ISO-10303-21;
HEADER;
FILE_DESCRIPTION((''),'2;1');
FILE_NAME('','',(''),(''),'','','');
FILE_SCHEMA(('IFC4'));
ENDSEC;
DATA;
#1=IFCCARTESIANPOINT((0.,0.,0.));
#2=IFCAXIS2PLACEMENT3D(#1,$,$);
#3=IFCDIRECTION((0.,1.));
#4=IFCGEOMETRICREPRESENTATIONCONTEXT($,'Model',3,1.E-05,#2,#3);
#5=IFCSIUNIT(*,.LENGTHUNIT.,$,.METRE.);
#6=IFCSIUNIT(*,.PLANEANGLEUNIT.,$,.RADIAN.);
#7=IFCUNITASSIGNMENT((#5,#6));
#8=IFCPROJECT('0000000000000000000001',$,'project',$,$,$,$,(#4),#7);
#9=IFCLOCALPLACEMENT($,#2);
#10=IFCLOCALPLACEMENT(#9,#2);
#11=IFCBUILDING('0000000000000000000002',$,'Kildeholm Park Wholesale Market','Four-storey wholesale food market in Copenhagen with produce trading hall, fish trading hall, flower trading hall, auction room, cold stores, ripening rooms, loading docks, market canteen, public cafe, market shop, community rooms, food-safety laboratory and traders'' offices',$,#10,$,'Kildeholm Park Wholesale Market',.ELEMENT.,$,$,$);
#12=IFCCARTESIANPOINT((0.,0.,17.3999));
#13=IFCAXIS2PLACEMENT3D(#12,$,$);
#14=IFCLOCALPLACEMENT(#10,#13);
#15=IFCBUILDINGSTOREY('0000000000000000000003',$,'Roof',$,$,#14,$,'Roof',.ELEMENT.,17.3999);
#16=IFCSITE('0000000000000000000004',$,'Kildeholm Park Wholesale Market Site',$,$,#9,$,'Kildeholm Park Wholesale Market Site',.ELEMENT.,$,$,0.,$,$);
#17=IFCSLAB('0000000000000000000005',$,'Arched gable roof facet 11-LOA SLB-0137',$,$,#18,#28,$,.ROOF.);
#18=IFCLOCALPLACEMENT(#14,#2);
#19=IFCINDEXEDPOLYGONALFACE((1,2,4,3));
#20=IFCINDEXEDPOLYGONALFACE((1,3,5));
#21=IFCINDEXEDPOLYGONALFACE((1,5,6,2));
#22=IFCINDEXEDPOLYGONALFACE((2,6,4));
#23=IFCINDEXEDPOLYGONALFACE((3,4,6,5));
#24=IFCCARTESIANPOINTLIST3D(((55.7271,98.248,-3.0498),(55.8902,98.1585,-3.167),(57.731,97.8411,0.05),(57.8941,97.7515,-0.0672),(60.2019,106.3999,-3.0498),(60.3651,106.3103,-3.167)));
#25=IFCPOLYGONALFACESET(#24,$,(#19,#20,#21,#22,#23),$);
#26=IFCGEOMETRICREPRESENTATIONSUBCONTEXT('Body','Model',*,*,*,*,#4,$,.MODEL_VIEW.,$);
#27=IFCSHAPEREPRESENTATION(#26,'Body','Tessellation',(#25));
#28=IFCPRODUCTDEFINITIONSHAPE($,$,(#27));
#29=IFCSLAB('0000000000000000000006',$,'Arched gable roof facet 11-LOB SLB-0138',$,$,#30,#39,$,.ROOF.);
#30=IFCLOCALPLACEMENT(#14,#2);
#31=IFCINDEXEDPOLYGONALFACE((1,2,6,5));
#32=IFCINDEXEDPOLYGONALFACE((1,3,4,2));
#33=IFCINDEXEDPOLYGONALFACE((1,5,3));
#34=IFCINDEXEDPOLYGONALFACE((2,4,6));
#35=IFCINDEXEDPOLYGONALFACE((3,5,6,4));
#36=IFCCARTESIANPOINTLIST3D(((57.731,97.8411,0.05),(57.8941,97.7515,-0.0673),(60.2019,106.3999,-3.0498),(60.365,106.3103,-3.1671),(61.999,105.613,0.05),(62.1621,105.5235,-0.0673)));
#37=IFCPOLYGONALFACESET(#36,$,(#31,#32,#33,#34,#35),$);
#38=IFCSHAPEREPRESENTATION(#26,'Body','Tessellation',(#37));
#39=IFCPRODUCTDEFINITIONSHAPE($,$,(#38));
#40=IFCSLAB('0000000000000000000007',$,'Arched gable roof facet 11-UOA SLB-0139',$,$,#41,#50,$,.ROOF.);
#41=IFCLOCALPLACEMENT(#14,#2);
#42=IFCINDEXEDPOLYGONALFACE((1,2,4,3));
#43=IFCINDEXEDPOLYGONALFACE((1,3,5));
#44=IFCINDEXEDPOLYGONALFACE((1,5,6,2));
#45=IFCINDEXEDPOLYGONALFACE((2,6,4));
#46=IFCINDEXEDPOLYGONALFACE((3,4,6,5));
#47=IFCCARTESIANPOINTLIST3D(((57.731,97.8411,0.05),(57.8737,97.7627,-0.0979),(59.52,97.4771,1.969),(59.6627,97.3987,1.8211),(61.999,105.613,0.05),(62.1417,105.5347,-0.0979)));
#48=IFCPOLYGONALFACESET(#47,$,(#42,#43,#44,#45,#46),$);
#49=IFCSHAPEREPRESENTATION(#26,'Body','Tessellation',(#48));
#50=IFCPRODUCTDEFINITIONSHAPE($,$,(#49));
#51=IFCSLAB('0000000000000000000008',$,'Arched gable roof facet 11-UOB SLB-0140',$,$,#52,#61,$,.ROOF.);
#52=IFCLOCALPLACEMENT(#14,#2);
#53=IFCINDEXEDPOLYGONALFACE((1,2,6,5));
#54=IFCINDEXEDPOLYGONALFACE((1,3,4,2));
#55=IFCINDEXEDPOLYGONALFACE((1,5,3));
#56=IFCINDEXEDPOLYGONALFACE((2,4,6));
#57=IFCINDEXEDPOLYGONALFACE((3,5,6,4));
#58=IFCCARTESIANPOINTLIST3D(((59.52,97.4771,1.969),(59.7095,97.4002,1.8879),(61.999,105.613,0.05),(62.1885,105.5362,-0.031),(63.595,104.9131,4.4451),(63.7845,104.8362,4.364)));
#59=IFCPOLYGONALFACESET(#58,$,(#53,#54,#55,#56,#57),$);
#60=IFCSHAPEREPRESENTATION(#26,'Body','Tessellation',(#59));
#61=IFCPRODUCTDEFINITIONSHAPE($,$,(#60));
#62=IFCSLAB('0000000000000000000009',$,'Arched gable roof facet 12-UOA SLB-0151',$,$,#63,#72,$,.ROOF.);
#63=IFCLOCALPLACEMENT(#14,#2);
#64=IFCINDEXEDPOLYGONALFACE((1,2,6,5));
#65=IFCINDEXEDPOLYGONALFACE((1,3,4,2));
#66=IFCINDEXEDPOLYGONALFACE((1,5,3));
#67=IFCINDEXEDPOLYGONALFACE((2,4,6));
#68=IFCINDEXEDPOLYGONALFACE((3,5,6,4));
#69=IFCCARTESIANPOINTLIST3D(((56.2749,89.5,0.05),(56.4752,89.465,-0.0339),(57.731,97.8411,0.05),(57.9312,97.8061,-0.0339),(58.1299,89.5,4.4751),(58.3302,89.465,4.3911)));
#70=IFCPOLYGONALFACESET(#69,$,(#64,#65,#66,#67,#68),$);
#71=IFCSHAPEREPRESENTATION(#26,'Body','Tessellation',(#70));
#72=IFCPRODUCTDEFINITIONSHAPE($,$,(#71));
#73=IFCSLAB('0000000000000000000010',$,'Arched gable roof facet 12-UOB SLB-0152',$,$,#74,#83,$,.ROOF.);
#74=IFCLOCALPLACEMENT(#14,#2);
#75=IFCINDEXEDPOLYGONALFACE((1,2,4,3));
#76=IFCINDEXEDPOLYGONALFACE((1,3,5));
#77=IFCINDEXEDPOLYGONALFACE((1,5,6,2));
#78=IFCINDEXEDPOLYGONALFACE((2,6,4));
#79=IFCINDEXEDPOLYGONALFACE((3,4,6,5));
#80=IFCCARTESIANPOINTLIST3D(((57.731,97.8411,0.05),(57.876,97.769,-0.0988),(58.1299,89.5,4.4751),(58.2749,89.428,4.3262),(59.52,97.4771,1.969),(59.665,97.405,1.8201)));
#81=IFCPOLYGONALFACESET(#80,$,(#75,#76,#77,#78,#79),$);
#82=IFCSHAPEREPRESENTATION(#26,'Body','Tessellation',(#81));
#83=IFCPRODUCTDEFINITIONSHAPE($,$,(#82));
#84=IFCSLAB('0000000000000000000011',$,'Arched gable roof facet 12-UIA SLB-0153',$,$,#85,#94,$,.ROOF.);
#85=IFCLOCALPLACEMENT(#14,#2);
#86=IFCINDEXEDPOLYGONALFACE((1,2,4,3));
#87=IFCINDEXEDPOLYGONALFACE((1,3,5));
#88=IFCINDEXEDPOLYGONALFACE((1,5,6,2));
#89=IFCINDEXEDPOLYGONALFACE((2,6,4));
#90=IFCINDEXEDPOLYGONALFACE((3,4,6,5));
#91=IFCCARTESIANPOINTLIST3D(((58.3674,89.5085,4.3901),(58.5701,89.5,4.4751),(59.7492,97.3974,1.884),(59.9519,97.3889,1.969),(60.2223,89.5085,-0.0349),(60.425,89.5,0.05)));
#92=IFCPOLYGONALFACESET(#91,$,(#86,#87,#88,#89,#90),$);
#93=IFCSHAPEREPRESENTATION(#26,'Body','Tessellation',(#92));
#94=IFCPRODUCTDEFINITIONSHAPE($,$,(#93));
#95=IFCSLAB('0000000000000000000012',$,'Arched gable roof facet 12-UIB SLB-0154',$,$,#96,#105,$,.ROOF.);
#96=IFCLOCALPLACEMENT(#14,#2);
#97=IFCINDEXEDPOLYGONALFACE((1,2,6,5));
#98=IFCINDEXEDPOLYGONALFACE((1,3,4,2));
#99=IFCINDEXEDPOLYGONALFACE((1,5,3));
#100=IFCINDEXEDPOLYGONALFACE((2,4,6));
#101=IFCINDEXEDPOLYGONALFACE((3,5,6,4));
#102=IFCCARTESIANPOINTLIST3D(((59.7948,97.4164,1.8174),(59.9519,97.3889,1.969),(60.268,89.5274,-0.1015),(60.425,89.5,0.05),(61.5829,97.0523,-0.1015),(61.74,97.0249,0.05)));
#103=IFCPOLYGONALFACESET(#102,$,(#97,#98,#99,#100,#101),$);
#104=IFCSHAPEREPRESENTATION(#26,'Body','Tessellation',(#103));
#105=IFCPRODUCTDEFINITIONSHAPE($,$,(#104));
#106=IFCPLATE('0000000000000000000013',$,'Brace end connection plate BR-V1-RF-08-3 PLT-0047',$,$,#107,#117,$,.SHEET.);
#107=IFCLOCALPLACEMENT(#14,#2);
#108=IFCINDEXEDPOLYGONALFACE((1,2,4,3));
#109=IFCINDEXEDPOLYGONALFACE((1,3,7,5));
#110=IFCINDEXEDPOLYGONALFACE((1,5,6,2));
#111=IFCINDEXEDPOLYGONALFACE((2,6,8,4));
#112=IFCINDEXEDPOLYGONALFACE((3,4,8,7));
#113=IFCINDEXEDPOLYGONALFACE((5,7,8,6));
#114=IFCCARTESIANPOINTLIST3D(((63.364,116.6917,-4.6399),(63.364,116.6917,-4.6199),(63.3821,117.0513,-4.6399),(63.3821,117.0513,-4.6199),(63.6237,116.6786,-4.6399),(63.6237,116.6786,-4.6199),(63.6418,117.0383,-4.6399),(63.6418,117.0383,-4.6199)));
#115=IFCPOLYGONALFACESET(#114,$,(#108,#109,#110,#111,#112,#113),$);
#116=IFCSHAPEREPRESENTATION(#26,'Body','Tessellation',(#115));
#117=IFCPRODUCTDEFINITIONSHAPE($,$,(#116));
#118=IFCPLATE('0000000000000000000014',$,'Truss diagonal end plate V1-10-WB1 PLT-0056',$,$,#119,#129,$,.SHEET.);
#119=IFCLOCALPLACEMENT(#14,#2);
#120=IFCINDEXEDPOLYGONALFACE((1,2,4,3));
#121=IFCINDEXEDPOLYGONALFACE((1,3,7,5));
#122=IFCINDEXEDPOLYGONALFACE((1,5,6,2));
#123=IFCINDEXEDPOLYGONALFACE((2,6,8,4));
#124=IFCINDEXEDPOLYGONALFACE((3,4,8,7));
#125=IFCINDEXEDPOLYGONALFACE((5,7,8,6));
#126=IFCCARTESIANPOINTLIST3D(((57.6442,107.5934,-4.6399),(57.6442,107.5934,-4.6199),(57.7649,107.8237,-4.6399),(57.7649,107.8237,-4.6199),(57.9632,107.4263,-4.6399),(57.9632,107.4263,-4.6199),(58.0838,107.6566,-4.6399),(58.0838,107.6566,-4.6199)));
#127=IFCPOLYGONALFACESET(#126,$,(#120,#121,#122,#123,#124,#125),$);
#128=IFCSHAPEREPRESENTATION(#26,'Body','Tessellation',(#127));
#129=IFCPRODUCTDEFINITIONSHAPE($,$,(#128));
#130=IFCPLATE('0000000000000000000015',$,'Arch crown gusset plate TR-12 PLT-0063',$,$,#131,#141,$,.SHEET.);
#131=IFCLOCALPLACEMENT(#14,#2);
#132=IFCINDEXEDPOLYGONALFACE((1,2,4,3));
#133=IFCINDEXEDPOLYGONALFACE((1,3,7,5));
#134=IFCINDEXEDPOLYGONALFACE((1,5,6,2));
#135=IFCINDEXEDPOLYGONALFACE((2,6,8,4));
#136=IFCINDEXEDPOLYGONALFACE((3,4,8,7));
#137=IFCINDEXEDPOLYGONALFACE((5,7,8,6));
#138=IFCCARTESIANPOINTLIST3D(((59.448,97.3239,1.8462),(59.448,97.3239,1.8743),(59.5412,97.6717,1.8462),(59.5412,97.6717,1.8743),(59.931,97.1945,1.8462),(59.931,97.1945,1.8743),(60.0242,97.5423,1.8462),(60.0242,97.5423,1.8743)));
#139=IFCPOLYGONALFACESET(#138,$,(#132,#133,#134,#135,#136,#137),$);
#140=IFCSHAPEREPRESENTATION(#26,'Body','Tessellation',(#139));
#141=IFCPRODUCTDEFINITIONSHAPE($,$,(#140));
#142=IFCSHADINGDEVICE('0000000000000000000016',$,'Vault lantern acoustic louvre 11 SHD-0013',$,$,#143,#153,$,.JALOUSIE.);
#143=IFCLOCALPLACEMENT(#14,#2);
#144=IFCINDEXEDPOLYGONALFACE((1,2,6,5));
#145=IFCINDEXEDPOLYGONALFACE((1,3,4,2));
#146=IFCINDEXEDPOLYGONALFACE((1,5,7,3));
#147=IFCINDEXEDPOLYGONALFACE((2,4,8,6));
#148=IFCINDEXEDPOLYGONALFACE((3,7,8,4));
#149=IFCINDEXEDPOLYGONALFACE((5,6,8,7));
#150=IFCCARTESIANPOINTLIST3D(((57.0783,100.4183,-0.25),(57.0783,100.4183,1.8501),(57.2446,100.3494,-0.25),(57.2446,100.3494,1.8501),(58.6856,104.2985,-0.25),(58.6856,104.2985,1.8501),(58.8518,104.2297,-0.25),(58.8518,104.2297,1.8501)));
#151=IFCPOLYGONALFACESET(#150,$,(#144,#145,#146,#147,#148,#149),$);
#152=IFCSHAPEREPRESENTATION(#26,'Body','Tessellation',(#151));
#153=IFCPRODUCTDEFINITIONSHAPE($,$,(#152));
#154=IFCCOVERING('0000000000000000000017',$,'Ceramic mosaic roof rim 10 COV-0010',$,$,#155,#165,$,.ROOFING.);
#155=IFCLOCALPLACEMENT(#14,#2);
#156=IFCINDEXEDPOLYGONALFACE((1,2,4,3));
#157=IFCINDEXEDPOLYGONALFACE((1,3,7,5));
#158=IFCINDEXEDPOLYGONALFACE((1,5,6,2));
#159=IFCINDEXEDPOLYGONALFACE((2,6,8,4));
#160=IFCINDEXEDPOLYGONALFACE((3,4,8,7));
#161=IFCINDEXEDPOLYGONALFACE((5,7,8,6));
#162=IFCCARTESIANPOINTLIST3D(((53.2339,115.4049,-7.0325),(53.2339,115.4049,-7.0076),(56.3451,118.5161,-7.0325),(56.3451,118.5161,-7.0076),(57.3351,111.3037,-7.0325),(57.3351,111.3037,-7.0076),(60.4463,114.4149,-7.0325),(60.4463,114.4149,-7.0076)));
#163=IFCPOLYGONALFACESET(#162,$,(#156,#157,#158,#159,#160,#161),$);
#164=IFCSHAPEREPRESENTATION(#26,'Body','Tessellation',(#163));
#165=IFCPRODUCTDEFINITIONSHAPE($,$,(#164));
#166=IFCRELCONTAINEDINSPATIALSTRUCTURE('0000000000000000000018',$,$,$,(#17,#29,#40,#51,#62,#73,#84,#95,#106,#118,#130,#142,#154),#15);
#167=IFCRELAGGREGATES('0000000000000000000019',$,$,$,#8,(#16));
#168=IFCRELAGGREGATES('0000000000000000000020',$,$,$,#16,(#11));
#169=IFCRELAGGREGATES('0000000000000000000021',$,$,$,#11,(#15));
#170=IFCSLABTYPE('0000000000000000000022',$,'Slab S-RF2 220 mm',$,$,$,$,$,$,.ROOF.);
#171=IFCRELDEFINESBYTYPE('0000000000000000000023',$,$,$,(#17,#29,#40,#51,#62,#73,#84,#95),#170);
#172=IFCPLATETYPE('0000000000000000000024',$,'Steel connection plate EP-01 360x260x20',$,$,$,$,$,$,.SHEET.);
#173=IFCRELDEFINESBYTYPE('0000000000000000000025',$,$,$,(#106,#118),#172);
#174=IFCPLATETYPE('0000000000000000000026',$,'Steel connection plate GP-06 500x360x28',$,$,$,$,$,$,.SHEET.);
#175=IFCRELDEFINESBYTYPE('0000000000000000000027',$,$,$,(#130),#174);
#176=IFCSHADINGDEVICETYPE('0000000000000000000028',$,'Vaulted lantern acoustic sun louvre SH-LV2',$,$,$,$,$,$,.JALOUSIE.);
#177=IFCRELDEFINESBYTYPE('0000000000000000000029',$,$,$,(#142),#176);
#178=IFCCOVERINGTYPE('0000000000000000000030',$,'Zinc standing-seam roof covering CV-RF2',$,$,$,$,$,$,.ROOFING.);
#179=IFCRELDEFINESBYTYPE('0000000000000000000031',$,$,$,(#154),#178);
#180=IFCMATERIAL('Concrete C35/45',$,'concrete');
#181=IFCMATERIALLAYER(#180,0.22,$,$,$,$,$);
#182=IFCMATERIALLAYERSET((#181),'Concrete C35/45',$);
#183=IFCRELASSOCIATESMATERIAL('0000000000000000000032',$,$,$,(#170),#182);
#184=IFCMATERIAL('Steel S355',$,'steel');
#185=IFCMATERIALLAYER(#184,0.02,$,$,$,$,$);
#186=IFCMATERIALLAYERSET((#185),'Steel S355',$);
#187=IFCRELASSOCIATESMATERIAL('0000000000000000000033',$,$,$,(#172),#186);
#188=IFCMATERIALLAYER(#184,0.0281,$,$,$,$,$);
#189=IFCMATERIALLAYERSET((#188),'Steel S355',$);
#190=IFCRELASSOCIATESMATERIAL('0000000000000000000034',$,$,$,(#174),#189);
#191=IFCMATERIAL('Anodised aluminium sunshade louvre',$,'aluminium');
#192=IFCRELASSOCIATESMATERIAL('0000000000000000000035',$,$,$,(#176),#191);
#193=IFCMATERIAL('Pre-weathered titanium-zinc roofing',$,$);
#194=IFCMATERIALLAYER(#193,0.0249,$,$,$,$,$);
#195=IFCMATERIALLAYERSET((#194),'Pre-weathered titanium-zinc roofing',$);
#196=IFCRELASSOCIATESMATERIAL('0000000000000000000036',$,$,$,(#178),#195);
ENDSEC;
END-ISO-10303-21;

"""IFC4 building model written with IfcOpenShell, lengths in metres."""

from ifc_helpers import new_model, si_unit, direction, frame, origin, origin_2d, place, context, subcontext, project, spatial, polyline, rectangle, outline, extrude, material, layer, layer_set, type_object, element, save


model = new_model("IFC4")

# Units and contexts
model_context = context("Model", 3, precision=1e-05, world=origin(), true_north=direction((0.0, 1.0)))
body_context = subcontext(model_context, "Body", "Model", "MODEL_VIEW")
ifc_project = project(units=[si_unit("LENGTHUNIT", "METRE"), si_unit("PLANEANGLEUNIT", "RADIAN")], contexts=[model_context])

# Site, building, storey
site_placement = place(None, origin())
site = spatial("IfcSite", under=ifc_project, at=site_placement, Name="Kildeholm Park Wholesale Market Site", LongName="Kildeholm Park Wholesale Market Site", CompositionType="ELEMENT", RefElevation=0.0)
building_placement = place(site_placement, origin())
building = spatial("IfcBuilding", under=site, at=building_placement, Name="Kildeholm Park Wholesale Market", Description="Four-storey wholesale food market in Copenhagen with produce trading hall, fish trading hall, flower trading hall, auction room, cold stores, ripening rooms, loading docks, market canteen, public cafe, market shop, community rooms, food-safety laboratory and traders' offices", LongName="Kildeholm Park Wholesale Market", CompositionType="ELEMENT")
storey_placement = place(building_placement, frame((0.0, 0.0, 17.3999)))
storey = spatial("IfcBuildingStorey", under=building, at=storey_placement, Name="Roof", LongName="Roof", CompositionType="ELEMENT", Elevation=17.3999)

# Shared definitions
ifc_material_1 = material(Name="Steel S355", Category="steel")

# Slabs
ifc_material_2 = material(Name="Concrete C35/45", Category="concrete")
ifc_layer_1 = layer(ifc_material_2, 0.22)
ifc_layer_set_1 = layer_set([ifc_layer_1], Name="Concrete C35/45")
slab_type = type_object("IfcSlabType", Name="Slab S-RF2 220 mm", PredefinedType="ROOF", material=ifc_layer_set_1)
slab_1_placement = place(storey_placement, frame((60.2019, 106.3999, -3.0498), z_axis=(-0.741737, 0.407167, 0.532955), x_axis=(-0.481203, -0.876609, 0.0)))
element("IfcSlab", 1, at=slab_1_placement, inside=storey, type_object=slab_type, Name="Arched gable roof facet 11-LOA SLB-0137", PredefinedType="ROOF", context=body_context, shape_type="SweptSolid", body=[
    extrude(outline(polyline([(0.0, 0.0), (9.2993, 0.0), (8.6918, 3.6635), (0.0, 0.0)])), origin(), (0.0, 0.0, -1.0), 0.22),
])
slab_2_placement = place(storey_placement, frame((60.2019, 106.3999, -3.0498), z_axis=(-0.741505, 0.407206, 0.533248), x_axis=(-0.261966, -0.907396, 0.328642)))
element("IfcSlab", 2, at=slab_2_placement, inside=storey, type_object=slab_type, Name="Arched gable roof facet 11-LOB SLB-0138", PredefinedType="ROOF", context=body_context, shape_type="SweptSolid", body=[
    extrude(outline(polyline([(0.0, 0.0), (9.4323, 0.0), (1.262, 3.4446), (0.0, 0.0)])), origin(), (0.0, 0.0, -1.0), 0.22),
])
slab_3_placement = place(storey_placement, frame((61.999, 105.613, 0.05), z_axis=(-0.648765, 0.356276, 0.672437), x_axis=(-0.481354, -0.876526, 0.0)))
element("IfcSlab", 3, at=slab_3_placement, inside=storey, type_object=slab_type, Name="Arched gable roof facet 11-UOA SLB-0139", PredefinedType="ROOF", context=body_context, shape_type="SweptSolid", body=[
    extrude(outline(polyline([(0.0, 0.0), (8.8668, 0.0), (8.3247, 2.5926), (0.0, 0.0)])), origin(), (0.0, 0.0, -1.0), 0.22),
])
slab_4_placement = place(storey_placement, frame((61.999, 105.613, 0.05), z_axis=(-0.861481, 0.349397, 0.368472), x_axis=(-0.28432, -0.933126, 0.220086)))
element("IfcSlab", 4, at=slab_4_placement, inside=storey, type_object=slab_type, Name="Arched gable roof facet 11-UOB SLB-0140", PredefinedType="ROOF", context=body_context, shape_type="SweptSolid", body=[
    extrude(outline(polyline([(0.0, 0.0), (8.7191, 0.0), (1.1667, 4.5817), (0.0, 0.0)])), origin(), (0.0, 0.0, -1.0), 0.22),
])
slab_5_placement = place(storey_placement, frame((57.731, 97.8411, 0.05), z_axis=(-0.910521, 0.158945, 0.381691), x_axis=(-0.171964, -0.985103, 0.0)))
element("IfcSlab", 5, at=slab_5_placement, inside=storey, type_object=slab_type, Name="Arched gable roof facet 12-UOA SLB-0151", PredefinedType="ROOF", context=body_context, shape_type="SweptSolid", body=[
    extrude(outline(polyline([(0.0, 0.0), (8.4672, 0.0), (8.1482, 4.7875), (0.0, 0.0)])), origin(), (0.0, 0.0, -1.0), 0.22),
])
slab_6_placement = place(storey_placement, frame((57.731, 97.8411, 0.05), z_axis=(-0.659296, 0.32752, 0.676801), x_axis=(0.042212, -0.882598, 0.46823)))
element("IfcSlab", 6, at=slab_6_placement, inside=storey, type_object=slab_type, Name="Arched gable roof facet 12-UOB SLB-0152", PredefinedType="ROOF", context=body_context, shape_type="SweptSolid", body=[
    extrude(outline(polyline([(0.0, 0.0), (9.4506, 0.0), (1.2953, 2.3104), (0.0, 0.0)])), origin(), (0.0, 0.0, -1.0), 0.22),
])
slab_7_placement = place(storey_placement, frame((59.9519, 97.3889, 1.969), z_axis=(0.921554, -0.038699, 0.386316), x_axis=(-0.164662, -0.940056, 0.298631)))
element("IfcSlab", 7, at=slab_7_placement, inside=storey, type_object=slab_type, Name="Arched gable roof facet 12-UIA SLB-0153", PredefinedType="ROOF", context=body_context, shape_type="SweptSolid", body=[
    extrude(outline(polyline([(0.0, 0.0), (8.392, 0.0), (6.7651, 4.5139), (0.0, 0.0)])), origin(), (0.0, 0.0, -1.0), 0.22),
])
slab_8_placement = place(storey_placement, frame((59.9519, 97.3889, 1.969), z_axis=(0.713981, -0.124765, 0.688959), x_axis=(0.058178, -0.970021, -0.235954)))
element("IfcSlab", 8, at=slab_8_placement, inside=storey, type_object=slab_type, Name="Arched gable roof facet 12-UIB SLB-0154", PredefinedType="ROOF", context=body_context, shape_type="SweptSolid", body=[
    extrude(outline(polyline([(0.0, 0.0), (8.1327, 0.0), (0.9099, 2.4868), (0.0, 0.0)])), origin(), (0.0, 0.0, -1.0), 0.22),
])

# Plates
ifc_layer_2 = layer(ifc_material_1, 0.02)
ifc_layer_set_2 = layer_set([ifc_layer_2], Name="Steel S355")
plate_type_1 = type_object("IfcPlateType", Name="Steel connection plate EP-01 360x260x20", PredefinedType="SHEET", material=ifc_layer_set_2)
for number, where, z_axis, x_axis, name in (
    (9, (63.5029, 116.865, -4.6399), (0.0, 0.0, 1.0), (-0.050244, -0.998737, 0.0), "Brace end connection plate BR-V1-RF-08-3 PLT-0047"),
    (10, (57.864, 107.625, -4.6399), (0.0, 0.0, 1.0), (0.885799, -0.464069, 0.0), "Truss diagonal end plate V1-10-WB1 PLT-0056"),
):
    element("IfcPlate", number, at=place(storey_placement, frame(where, z_axis=z_axis, x_axis=x_axis)), inside=storey, type_object=plate_type_1, Name=name, PredefinedType="SHEET", context=body_context, shape_type="SweptSolid", body=[
        extrude(rectangle(XDim=0.3601, YDim=0.26, at=origin_2d()), origin(), (0.0, 0.0, 1.0), 0.02),
    ])
ifc_layer_3 = layer(ifc_material_1, 0.0281)
ifc_layer_set_3 = layer_set([ifc_layer_3], Name="Steel S355")
plate_type_2 = type_object("IfcPlateType", Name="Steel connection plate GP-06 500x360x28", PredefinedType="SHEET", material=ifc_layer_set_3)
plate_placement = place(storey_placement, frame((59.7361, 97.4331, 1.8462), z_axis=(0.0, 0.0, 1.0), x_axis=(-0.965926, 0.258819, 0.0)))
element("IfcPlate", 11, at=plate_placement, inside=storey, type_object=plate_type_2, Name="Arch crown gusset plate TR-12 PLT-0063", PredefinedType="SHEET", context=body_context, shape_type="SweptSolid", body=[
    extrude(rectangle(XDim=0.5, YDim=0.3601, at=origin_2d()), origin(), (0.0, 0.0, 1.0), 0.0281),
])

# Shading device
ifc_material_3 = material(Name="Anodised aluminium sunshade louvre", Category="aluminium")
shading_device_type = type_object("IfcShadingDeviceType", Name="Vaulted lantern acoustic sun louvre SH-LV2", PredefinedType="JALOUSIE", material=ifc_material_3)
shading_device_placement = place(storey_placement, frame((57.9651, 102.324, -0.25), z_axis=(0.0, 0.0, 1.0), x_axis=(-0.382683, -0.92388, 0.0)))
element("IfcShadingDevice", 12, at=shading_device_placement, inside=storey, type_object=shading_device_type, Name="Vault lantern acoustic louvre 11 SHD-0013", PredefinedType="JALOUSIE", context=body_context, shape_type="SweptSolid", body=[
    extrude(rectangle(XDim=4.2, YDim=0.1799, at=origin_2d()), origin(), (0.0, 0.0, 1.0), 2.1001),
])

# Covering
ifc_material_4 = material(Name="Pre-weathered titanium-zinc roofing")
ifc_layer_4 = layer(ifc_material_4, 0.0249)
ifc_layer_set_4 = layer_set([ifc_layer_4], Name="Pre-weathered titanium-zinc roofing")
covering_type = type_object("IfcCoveringType", Name="Zinc standing-seam roof covering CV-RF2", PredefinedType="ROOFING", material=ifc_layer_set_4)
covering_placement = place(storey_placement, frame((56.8401, 114.9099, -7.0325), z_axis=(0.0, 0.0, 1.0), x_axis=(-0.707107, 0.707107, 0.0)))
element("IfcCovering", 13, at=covering_placement, inside=storey, type_object=covering_type, Name="Ceramic mosaic roof rim 10 COV-0010", PredefinedType="ROOFING", context=body_context, shape_type="SweptSolid", body=[
    extrude(rectangle(XDim=5.8, YDim=4.3999, at=origin_2d()), origin(), (0.0, 0.0, 1.0), 0.0249),
])

save(model, "model.ifc")
